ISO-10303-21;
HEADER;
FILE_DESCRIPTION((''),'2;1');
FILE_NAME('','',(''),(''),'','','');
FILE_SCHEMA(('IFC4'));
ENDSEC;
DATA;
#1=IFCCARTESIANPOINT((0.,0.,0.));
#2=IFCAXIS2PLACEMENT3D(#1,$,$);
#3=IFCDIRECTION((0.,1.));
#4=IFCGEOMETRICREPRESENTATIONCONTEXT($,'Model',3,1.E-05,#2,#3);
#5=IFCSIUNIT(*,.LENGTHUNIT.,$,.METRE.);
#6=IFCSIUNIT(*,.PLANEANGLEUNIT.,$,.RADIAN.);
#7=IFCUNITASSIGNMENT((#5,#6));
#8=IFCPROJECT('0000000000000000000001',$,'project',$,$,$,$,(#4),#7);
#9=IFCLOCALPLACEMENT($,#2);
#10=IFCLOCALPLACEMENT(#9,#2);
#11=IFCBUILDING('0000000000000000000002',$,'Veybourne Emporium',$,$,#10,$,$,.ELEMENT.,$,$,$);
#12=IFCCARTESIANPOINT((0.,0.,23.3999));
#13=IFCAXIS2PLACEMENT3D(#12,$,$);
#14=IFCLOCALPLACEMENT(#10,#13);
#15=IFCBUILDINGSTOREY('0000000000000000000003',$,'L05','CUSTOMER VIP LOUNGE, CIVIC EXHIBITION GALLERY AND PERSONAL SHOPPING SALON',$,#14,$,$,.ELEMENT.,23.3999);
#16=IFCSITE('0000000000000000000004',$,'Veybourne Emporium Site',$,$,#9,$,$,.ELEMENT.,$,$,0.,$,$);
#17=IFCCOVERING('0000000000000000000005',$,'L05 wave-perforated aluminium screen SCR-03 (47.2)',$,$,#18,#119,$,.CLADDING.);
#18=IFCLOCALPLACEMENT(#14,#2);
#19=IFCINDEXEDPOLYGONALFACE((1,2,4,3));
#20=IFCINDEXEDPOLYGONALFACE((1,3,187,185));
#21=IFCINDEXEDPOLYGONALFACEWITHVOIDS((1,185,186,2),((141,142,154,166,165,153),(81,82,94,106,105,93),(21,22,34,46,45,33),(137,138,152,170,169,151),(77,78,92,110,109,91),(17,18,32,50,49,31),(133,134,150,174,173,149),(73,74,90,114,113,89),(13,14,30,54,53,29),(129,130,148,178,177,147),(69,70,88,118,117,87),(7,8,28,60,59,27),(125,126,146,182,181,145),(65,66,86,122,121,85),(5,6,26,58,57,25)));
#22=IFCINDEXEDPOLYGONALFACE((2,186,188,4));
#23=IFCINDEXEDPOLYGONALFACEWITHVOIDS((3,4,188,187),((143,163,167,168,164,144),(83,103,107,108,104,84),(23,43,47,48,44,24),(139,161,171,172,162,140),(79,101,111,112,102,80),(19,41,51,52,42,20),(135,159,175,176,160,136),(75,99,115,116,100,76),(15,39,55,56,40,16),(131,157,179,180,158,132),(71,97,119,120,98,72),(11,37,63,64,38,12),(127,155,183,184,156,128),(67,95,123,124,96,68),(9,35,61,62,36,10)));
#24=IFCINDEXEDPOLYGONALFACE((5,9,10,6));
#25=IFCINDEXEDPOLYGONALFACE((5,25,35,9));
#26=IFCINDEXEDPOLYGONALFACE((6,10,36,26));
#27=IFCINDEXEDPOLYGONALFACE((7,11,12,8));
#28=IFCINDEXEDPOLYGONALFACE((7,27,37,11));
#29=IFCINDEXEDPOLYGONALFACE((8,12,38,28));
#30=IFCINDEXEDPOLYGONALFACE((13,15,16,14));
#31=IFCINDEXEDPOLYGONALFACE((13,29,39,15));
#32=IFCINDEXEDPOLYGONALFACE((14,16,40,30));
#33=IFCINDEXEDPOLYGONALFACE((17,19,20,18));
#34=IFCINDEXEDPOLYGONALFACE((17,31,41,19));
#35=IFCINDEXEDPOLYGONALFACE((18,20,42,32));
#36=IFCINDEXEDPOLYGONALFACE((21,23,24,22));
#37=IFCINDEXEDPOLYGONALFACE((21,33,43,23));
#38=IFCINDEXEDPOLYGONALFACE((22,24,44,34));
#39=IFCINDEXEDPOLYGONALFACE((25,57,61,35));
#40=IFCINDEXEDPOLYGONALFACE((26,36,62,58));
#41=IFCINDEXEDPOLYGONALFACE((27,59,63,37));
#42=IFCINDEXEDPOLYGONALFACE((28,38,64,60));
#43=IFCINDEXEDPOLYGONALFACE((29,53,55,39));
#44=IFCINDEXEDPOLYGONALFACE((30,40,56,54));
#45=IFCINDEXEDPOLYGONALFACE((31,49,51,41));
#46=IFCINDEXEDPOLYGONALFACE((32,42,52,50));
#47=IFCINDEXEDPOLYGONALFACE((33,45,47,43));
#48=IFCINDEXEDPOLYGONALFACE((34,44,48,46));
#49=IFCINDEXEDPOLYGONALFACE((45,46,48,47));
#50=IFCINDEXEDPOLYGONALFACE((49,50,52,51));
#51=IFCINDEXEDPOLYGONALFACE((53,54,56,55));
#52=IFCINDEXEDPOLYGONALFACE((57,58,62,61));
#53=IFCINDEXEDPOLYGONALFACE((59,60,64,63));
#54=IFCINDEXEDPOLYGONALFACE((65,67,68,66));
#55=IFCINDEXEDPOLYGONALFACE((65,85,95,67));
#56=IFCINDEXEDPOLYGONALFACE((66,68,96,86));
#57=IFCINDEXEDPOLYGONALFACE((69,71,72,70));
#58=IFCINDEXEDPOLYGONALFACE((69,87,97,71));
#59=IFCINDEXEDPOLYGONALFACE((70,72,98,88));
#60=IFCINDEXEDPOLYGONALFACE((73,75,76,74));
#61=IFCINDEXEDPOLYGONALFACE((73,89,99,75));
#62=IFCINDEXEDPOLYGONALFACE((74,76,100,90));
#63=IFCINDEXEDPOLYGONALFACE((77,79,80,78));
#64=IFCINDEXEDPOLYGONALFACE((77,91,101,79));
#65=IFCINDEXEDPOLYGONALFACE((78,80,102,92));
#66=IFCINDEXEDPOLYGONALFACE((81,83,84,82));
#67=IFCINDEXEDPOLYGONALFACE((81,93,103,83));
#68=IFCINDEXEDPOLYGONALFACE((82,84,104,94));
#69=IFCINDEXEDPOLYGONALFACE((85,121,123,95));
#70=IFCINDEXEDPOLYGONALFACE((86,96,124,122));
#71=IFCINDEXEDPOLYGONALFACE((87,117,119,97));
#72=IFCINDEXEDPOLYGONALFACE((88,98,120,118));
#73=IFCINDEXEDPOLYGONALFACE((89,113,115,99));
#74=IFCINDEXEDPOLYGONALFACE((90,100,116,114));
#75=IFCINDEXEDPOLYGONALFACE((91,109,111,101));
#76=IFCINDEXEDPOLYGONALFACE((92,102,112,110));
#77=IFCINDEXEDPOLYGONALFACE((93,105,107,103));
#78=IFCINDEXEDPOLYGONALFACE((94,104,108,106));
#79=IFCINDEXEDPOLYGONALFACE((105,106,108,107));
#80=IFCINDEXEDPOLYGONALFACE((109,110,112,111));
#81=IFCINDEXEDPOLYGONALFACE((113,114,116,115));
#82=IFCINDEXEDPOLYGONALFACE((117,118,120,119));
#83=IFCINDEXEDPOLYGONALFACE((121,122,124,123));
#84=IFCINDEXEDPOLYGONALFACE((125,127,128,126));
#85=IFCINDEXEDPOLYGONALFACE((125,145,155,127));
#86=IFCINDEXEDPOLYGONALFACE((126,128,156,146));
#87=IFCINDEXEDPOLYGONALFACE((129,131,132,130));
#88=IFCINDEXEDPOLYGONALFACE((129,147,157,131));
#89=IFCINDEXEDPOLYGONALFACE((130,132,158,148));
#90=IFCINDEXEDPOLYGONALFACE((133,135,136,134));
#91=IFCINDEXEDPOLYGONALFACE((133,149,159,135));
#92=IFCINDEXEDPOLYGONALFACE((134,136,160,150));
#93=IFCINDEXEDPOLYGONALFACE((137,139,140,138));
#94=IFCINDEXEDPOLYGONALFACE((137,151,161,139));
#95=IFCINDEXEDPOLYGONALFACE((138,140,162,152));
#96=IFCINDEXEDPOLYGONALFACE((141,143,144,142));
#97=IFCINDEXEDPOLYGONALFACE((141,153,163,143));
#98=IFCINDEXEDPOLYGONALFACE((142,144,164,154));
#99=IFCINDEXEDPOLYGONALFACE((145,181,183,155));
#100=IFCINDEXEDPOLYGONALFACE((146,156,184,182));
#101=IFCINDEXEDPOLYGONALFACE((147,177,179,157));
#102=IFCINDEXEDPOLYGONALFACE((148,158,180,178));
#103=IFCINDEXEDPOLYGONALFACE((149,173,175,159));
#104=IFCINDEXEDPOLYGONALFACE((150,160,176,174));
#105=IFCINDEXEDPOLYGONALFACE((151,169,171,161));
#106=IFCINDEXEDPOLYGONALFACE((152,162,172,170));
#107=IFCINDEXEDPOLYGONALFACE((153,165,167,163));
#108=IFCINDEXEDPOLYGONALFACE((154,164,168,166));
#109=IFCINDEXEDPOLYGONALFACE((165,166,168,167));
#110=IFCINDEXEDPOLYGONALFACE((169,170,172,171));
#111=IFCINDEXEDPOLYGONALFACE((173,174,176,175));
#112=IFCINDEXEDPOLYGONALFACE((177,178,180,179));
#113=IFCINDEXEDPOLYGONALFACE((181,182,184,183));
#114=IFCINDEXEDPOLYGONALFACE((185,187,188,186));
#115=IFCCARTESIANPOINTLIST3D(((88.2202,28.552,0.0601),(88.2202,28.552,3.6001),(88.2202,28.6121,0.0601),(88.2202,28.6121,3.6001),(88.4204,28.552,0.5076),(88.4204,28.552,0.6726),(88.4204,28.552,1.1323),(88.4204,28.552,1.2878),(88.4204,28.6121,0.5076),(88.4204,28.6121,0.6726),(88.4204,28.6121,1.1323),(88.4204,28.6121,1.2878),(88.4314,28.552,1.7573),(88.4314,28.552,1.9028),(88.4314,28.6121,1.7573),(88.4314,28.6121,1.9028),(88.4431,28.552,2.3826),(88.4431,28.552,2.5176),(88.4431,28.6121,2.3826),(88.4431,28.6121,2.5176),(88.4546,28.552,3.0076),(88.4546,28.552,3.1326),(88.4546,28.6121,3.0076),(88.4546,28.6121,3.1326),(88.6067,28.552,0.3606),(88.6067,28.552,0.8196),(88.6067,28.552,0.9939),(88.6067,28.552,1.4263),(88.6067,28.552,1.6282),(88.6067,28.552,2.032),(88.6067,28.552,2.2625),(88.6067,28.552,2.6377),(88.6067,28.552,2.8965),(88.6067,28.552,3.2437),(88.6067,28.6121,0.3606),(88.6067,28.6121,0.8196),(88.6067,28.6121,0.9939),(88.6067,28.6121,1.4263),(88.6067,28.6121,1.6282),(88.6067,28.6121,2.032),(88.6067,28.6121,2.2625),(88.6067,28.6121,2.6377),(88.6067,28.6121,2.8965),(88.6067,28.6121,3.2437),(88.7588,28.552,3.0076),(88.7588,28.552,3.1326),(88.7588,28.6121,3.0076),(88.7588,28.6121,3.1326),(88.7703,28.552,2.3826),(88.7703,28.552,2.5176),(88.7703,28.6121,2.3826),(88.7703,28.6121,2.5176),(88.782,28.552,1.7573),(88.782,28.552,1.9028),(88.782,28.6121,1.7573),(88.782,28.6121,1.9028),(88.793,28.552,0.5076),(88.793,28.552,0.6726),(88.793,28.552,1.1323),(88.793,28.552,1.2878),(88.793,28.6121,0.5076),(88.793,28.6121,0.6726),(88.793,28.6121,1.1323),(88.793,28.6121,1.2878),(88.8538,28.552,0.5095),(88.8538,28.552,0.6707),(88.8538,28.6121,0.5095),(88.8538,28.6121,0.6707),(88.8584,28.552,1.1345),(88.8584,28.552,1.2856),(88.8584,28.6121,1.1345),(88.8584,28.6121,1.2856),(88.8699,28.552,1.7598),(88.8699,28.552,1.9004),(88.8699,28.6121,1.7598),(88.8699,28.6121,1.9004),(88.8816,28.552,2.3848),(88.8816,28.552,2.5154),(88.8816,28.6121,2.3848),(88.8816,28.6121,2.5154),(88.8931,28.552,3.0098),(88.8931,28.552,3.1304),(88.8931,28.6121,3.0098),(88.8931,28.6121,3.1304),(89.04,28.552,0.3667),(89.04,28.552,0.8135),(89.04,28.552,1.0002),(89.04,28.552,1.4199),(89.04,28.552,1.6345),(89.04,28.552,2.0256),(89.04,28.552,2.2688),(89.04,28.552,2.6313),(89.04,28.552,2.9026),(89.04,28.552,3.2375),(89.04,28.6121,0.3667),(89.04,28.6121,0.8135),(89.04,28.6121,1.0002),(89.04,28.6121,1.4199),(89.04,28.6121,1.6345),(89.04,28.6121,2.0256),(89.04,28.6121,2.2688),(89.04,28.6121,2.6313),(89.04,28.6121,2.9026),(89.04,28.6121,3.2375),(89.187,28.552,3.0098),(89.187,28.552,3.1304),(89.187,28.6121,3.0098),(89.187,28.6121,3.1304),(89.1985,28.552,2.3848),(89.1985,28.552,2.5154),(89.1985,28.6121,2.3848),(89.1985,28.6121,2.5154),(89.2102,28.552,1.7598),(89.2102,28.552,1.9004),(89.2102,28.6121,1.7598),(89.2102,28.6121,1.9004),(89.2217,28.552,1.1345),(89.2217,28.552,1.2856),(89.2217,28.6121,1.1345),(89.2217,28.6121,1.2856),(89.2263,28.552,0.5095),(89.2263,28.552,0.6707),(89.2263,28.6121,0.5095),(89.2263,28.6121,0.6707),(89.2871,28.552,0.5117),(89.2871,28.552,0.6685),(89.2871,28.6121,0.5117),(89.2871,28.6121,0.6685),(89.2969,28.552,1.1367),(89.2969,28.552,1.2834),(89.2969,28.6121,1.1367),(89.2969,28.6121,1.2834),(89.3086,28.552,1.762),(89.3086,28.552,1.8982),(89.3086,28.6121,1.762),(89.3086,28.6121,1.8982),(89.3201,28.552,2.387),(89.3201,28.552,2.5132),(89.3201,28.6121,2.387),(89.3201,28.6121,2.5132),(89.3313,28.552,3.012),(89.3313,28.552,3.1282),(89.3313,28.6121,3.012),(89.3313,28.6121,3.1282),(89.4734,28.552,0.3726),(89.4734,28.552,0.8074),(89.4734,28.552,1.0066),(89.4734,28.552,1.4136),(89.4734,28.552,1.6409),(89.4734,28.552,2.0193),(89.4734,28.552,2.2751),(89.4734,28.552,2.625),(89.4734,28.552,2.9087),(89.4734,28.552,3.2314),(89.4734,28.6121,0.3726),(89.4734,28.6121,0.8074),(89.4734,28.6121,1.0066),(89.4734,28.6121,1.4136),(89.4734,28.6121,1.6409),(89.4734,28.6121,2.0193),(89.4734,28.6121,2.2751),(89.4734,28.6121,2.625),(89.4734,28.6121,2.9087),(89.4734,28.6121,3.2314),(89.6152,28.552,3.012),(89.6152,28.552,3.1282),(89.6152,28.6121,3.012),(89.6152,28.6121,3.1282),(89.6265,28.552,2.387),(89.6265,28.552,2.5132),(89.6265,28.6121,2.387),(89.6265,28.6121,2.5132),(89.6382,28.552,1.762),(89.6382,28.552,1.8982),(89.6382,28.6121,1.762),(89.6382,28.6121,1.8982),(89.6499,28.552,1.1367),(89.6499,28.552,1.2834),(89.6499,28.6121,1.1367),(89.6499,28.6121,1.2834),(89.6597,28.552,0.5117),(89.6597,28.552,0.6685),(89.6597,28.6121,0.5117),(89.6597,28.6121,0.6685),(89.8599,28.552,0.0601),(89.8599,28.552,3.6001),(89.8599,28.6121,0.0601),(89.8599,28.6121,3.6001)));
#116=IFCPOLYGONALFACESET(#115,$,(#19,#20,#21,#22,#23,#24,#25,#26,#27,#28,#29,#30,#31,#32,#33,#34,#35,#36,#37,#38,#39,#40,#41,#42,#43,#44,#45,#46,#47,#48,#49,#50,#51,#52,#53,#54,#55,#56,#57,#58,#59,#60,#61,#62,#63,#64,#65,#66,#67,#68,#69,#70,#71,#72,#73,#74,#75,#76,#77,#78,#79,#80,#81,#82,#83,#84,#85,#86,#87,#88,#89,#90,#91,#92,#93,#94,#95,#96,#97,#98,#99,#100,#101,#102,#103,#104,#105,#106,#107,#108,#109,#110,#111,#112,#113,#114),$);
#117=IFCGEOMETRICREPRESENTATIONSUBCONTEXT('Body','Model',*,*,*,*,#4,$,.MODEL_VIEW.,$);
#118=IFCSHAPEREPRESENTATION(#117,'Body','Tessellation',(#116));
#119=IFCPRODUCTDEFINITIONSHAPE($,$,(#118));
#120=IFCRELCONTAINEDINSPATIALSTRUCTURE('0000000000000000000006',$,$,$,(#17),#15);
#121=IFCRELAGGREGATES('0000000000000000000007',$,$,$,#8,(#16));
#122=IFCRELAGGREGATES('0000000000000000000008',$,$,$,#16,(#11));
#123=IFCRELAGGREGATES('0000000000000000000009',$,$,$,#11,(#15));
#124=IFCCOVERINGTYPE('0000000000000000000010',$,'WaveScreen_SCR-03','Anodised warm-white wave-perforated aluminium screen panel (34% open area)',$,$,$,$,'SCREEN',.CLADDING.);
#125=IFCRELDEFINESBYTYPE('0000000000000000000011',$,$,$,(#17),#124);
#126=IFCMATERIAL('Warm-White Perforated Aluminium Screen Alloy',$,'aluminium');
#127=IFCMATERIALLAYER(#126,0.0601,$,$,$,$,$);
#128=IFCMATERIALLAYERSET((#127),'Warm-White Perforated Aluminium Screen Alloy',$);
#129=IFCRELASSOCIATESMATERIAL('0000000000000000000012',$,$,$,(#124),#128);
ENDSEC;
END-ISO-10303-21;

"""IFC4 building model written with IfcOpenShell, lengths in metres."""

from ifc_helpers import new_model, si_unit, direction, frame, origin, place, context, subcontext, project, spatial, polyline, outline, extrude, material, layer, layer_set, type_object, element, save


model = new_model("IFC4")

# Units and contexts
model_context = context("Model", 3, precision=1e-05, world=origin(), true_north=direction((0.0, 1.0)))
body_context = subcontext(model_context, "Body", "Model", "MODEL_VIEW")
ifc_project = project(units=[si_unit("LENGTHUNIT", "METRE"), si_unit("PLANEANGLEUNIT", "RADIAN")], contexts=[model_context])

# Site, building, storey
site_placement = place(None, origin())
site = spatial("IfcSite", under=ifc_project, at=site_placement, Name="Veybourne Emporium Site", CompositionType="ELEMENT", RefElevation=0.0)
building_placement = place(site_placement, origin())
building = spatial("IfcBuilding", under=site, at=building_placement, Name="Veybourne Emporium", CompositionType="ELEMENT")
storey_placement = place(building_placement, frame((0.0, 0.0, 23.3999)))
storey = spatial("IfcBuildingStorey", under=building, at=storey_placement, Name="L05", Description="CUSTOMER VIP LOUNGE, CIVIC EXHIBITION GALLERY AND PERSONAL SHOPPING SALON", CompositionType="ELEMENT", Elevation=23.3999)

# Covering
ifc_material_1 = material(Name="Warm-White Perforated Aluminium Screen Alloy", Category="aluminium")
ifc_layer_1 = layer(ifc_material_1, 0.0601)
ifc_layer_set_1 = layer_set([ifc_layer_1], Name="Warm-White Perforated Aluminium Screen Alloy")
covering_type_1 = type_object("IfcCoveringType", Name="WaveScreen_SCR-03", Description="Anodised warm-white wave-perforated aluminium screen panel (34% open area)", ElementType="SCREEN", PredefinedType="CLADDING", material=ifc_layer_set_1)
covering_1_placement = place(storey_placement, frame((89.04, 28.552, 1.8301), z_axis=(0.0, 1.0, 0.0), x_axis=(-1.0, 0.0, 0.0)))
element("IfcCovering", 1, at=covering_1_placement, inside=storey, type_object=covering_type_1, Name="L05 wave-perforated aluminium screen SCR-03 (47.2)", PredefinedType="CLADDING", context=body_context, shape_type="SweptSolid", body=[
    extrude(outline(polyline([(-0.8198, -1.77), (0.8198, -1.77), (0.8198, 1.77), (-0.8198, 1.77), (-0.8198, -1.77)]), holes=[polyline([(-0.4333, -1.0227), (-0.2471, -1.1616), (-0.2471, -1.3184), (-0.4333, -1.4575), (-0.6196, -1.3184), (-0.6196, -1.1616), (-0.4333, -1.0227)]), polyline([(-0.4333, -0.4165), (-0.2568, -0.5466), (-0.2568, -0.6934), (-0.4333, -0.8235), (-0.6099, -0.6934), (-0.6099, -0.5466), (-0.4333, -0.4165)]), polyline([(-0.4333, 0.1892), (-0.2686, 0.0681), (-0.2686, -0.0681), (-0.4333, -0.1892), (-0.5981, -0.0681), (-0.5981, 0.0681), (-0.4333, 0.1892)]), polyline([(-0.4333, 0.7949), (-0.28, 0.6831), (-0.28, 0.5569), (-0.4333, 0.4451), (-0.5864, 0.5569), (-0.5864, 0.6831), (-0.4333, 0.7949)]), polyline([(-0.4333, 1.4014), (-0.2913, 1.2981), (-0.2913, 1.1819), (-0.4333, 1.0786), (-0.5752, 1.1819), (-0.5752, 1.2981), (-0.4333, 1.4014)]), polyline([(0.0, -1.0166), (0.1863, -1.1594), (0.1863, -1.3206), (0.0, -1.4634), (-0.1863, -1.3206), (-0.1863, -1.1594), (0.0, -1.0166)]), polyline([(0.0, -0.4102), (0.1816, -0.5444), (0.1816, -0.6956), (0.0, -0.8298), (-0.1816, -0.6956), (-0.1816, -0.5444), (0.0, -0.4102)]), polyline([(0.0, 0.1956), (0.1702, 0.0703), (0.1702, -0.0703), (0.0, -0.1956), (-0.1702, -0.0703), (-0.1702, 0.0703), (0.0, 0.1956)]), polyline([(0.0, 0.8013), (0.1584, 0.6853), (0.1584, 0.5547), (0.0, 0.4387), (-0.1584, 0.5547), (-0.1584, 0.6853), (0.0, 0.8013)]), polyline([(0.0, 1.4075), (0.147, 1.3003), (0.147, 1.1797), (0.0, 1.0725), (-0.147, 1.1797), (-0.147, 1.3003), (0.0, 1.4075)]), polyline([(0.4333, -1.0105), (0.6196, -1.1575), (0.6196, -1.3225), (0.4333, -1.4695), (0.2471, -1.3225), (0.2471, -1.1575), (0.4333, -1.0105)]), polyline([(0.4333, -0.4038), (0.6196, -0.5422), (0.6196, -0.6978), (0.4333, -0.8362), (0.2471, -0.6978), (0.2471, -0.5422), (0.4333, -0.4038)]), polyline([(0.4333, 0.2019), (0.6086, 0.0728), (0.6086, -0.0728), (0.4333, -0.2019), (0.2581, -0.0728), (0.2581, 0.0728), (0.4333, 0.2019)]), polyline([(0.4333, 0.8076), (0.5969, 0.6875), (0.5969, 0.5525), (0.4333, 0.4324), (0.2698, 0.5525), (0.2698, 0.6875), (0.4333, 0.8076)]), polyline([(0.4333, 1.4136), (0.5854, 1.3025), (0.5854, 1.1775), (0.4333, 1.0664), (0.2812, 1.1775), (0.2812, 1.3025), (0.4333, 1.4136)])]), origin(), (0.0, 0.0, 1.0), 0.0601),
])

save(model, "model.ifc")
